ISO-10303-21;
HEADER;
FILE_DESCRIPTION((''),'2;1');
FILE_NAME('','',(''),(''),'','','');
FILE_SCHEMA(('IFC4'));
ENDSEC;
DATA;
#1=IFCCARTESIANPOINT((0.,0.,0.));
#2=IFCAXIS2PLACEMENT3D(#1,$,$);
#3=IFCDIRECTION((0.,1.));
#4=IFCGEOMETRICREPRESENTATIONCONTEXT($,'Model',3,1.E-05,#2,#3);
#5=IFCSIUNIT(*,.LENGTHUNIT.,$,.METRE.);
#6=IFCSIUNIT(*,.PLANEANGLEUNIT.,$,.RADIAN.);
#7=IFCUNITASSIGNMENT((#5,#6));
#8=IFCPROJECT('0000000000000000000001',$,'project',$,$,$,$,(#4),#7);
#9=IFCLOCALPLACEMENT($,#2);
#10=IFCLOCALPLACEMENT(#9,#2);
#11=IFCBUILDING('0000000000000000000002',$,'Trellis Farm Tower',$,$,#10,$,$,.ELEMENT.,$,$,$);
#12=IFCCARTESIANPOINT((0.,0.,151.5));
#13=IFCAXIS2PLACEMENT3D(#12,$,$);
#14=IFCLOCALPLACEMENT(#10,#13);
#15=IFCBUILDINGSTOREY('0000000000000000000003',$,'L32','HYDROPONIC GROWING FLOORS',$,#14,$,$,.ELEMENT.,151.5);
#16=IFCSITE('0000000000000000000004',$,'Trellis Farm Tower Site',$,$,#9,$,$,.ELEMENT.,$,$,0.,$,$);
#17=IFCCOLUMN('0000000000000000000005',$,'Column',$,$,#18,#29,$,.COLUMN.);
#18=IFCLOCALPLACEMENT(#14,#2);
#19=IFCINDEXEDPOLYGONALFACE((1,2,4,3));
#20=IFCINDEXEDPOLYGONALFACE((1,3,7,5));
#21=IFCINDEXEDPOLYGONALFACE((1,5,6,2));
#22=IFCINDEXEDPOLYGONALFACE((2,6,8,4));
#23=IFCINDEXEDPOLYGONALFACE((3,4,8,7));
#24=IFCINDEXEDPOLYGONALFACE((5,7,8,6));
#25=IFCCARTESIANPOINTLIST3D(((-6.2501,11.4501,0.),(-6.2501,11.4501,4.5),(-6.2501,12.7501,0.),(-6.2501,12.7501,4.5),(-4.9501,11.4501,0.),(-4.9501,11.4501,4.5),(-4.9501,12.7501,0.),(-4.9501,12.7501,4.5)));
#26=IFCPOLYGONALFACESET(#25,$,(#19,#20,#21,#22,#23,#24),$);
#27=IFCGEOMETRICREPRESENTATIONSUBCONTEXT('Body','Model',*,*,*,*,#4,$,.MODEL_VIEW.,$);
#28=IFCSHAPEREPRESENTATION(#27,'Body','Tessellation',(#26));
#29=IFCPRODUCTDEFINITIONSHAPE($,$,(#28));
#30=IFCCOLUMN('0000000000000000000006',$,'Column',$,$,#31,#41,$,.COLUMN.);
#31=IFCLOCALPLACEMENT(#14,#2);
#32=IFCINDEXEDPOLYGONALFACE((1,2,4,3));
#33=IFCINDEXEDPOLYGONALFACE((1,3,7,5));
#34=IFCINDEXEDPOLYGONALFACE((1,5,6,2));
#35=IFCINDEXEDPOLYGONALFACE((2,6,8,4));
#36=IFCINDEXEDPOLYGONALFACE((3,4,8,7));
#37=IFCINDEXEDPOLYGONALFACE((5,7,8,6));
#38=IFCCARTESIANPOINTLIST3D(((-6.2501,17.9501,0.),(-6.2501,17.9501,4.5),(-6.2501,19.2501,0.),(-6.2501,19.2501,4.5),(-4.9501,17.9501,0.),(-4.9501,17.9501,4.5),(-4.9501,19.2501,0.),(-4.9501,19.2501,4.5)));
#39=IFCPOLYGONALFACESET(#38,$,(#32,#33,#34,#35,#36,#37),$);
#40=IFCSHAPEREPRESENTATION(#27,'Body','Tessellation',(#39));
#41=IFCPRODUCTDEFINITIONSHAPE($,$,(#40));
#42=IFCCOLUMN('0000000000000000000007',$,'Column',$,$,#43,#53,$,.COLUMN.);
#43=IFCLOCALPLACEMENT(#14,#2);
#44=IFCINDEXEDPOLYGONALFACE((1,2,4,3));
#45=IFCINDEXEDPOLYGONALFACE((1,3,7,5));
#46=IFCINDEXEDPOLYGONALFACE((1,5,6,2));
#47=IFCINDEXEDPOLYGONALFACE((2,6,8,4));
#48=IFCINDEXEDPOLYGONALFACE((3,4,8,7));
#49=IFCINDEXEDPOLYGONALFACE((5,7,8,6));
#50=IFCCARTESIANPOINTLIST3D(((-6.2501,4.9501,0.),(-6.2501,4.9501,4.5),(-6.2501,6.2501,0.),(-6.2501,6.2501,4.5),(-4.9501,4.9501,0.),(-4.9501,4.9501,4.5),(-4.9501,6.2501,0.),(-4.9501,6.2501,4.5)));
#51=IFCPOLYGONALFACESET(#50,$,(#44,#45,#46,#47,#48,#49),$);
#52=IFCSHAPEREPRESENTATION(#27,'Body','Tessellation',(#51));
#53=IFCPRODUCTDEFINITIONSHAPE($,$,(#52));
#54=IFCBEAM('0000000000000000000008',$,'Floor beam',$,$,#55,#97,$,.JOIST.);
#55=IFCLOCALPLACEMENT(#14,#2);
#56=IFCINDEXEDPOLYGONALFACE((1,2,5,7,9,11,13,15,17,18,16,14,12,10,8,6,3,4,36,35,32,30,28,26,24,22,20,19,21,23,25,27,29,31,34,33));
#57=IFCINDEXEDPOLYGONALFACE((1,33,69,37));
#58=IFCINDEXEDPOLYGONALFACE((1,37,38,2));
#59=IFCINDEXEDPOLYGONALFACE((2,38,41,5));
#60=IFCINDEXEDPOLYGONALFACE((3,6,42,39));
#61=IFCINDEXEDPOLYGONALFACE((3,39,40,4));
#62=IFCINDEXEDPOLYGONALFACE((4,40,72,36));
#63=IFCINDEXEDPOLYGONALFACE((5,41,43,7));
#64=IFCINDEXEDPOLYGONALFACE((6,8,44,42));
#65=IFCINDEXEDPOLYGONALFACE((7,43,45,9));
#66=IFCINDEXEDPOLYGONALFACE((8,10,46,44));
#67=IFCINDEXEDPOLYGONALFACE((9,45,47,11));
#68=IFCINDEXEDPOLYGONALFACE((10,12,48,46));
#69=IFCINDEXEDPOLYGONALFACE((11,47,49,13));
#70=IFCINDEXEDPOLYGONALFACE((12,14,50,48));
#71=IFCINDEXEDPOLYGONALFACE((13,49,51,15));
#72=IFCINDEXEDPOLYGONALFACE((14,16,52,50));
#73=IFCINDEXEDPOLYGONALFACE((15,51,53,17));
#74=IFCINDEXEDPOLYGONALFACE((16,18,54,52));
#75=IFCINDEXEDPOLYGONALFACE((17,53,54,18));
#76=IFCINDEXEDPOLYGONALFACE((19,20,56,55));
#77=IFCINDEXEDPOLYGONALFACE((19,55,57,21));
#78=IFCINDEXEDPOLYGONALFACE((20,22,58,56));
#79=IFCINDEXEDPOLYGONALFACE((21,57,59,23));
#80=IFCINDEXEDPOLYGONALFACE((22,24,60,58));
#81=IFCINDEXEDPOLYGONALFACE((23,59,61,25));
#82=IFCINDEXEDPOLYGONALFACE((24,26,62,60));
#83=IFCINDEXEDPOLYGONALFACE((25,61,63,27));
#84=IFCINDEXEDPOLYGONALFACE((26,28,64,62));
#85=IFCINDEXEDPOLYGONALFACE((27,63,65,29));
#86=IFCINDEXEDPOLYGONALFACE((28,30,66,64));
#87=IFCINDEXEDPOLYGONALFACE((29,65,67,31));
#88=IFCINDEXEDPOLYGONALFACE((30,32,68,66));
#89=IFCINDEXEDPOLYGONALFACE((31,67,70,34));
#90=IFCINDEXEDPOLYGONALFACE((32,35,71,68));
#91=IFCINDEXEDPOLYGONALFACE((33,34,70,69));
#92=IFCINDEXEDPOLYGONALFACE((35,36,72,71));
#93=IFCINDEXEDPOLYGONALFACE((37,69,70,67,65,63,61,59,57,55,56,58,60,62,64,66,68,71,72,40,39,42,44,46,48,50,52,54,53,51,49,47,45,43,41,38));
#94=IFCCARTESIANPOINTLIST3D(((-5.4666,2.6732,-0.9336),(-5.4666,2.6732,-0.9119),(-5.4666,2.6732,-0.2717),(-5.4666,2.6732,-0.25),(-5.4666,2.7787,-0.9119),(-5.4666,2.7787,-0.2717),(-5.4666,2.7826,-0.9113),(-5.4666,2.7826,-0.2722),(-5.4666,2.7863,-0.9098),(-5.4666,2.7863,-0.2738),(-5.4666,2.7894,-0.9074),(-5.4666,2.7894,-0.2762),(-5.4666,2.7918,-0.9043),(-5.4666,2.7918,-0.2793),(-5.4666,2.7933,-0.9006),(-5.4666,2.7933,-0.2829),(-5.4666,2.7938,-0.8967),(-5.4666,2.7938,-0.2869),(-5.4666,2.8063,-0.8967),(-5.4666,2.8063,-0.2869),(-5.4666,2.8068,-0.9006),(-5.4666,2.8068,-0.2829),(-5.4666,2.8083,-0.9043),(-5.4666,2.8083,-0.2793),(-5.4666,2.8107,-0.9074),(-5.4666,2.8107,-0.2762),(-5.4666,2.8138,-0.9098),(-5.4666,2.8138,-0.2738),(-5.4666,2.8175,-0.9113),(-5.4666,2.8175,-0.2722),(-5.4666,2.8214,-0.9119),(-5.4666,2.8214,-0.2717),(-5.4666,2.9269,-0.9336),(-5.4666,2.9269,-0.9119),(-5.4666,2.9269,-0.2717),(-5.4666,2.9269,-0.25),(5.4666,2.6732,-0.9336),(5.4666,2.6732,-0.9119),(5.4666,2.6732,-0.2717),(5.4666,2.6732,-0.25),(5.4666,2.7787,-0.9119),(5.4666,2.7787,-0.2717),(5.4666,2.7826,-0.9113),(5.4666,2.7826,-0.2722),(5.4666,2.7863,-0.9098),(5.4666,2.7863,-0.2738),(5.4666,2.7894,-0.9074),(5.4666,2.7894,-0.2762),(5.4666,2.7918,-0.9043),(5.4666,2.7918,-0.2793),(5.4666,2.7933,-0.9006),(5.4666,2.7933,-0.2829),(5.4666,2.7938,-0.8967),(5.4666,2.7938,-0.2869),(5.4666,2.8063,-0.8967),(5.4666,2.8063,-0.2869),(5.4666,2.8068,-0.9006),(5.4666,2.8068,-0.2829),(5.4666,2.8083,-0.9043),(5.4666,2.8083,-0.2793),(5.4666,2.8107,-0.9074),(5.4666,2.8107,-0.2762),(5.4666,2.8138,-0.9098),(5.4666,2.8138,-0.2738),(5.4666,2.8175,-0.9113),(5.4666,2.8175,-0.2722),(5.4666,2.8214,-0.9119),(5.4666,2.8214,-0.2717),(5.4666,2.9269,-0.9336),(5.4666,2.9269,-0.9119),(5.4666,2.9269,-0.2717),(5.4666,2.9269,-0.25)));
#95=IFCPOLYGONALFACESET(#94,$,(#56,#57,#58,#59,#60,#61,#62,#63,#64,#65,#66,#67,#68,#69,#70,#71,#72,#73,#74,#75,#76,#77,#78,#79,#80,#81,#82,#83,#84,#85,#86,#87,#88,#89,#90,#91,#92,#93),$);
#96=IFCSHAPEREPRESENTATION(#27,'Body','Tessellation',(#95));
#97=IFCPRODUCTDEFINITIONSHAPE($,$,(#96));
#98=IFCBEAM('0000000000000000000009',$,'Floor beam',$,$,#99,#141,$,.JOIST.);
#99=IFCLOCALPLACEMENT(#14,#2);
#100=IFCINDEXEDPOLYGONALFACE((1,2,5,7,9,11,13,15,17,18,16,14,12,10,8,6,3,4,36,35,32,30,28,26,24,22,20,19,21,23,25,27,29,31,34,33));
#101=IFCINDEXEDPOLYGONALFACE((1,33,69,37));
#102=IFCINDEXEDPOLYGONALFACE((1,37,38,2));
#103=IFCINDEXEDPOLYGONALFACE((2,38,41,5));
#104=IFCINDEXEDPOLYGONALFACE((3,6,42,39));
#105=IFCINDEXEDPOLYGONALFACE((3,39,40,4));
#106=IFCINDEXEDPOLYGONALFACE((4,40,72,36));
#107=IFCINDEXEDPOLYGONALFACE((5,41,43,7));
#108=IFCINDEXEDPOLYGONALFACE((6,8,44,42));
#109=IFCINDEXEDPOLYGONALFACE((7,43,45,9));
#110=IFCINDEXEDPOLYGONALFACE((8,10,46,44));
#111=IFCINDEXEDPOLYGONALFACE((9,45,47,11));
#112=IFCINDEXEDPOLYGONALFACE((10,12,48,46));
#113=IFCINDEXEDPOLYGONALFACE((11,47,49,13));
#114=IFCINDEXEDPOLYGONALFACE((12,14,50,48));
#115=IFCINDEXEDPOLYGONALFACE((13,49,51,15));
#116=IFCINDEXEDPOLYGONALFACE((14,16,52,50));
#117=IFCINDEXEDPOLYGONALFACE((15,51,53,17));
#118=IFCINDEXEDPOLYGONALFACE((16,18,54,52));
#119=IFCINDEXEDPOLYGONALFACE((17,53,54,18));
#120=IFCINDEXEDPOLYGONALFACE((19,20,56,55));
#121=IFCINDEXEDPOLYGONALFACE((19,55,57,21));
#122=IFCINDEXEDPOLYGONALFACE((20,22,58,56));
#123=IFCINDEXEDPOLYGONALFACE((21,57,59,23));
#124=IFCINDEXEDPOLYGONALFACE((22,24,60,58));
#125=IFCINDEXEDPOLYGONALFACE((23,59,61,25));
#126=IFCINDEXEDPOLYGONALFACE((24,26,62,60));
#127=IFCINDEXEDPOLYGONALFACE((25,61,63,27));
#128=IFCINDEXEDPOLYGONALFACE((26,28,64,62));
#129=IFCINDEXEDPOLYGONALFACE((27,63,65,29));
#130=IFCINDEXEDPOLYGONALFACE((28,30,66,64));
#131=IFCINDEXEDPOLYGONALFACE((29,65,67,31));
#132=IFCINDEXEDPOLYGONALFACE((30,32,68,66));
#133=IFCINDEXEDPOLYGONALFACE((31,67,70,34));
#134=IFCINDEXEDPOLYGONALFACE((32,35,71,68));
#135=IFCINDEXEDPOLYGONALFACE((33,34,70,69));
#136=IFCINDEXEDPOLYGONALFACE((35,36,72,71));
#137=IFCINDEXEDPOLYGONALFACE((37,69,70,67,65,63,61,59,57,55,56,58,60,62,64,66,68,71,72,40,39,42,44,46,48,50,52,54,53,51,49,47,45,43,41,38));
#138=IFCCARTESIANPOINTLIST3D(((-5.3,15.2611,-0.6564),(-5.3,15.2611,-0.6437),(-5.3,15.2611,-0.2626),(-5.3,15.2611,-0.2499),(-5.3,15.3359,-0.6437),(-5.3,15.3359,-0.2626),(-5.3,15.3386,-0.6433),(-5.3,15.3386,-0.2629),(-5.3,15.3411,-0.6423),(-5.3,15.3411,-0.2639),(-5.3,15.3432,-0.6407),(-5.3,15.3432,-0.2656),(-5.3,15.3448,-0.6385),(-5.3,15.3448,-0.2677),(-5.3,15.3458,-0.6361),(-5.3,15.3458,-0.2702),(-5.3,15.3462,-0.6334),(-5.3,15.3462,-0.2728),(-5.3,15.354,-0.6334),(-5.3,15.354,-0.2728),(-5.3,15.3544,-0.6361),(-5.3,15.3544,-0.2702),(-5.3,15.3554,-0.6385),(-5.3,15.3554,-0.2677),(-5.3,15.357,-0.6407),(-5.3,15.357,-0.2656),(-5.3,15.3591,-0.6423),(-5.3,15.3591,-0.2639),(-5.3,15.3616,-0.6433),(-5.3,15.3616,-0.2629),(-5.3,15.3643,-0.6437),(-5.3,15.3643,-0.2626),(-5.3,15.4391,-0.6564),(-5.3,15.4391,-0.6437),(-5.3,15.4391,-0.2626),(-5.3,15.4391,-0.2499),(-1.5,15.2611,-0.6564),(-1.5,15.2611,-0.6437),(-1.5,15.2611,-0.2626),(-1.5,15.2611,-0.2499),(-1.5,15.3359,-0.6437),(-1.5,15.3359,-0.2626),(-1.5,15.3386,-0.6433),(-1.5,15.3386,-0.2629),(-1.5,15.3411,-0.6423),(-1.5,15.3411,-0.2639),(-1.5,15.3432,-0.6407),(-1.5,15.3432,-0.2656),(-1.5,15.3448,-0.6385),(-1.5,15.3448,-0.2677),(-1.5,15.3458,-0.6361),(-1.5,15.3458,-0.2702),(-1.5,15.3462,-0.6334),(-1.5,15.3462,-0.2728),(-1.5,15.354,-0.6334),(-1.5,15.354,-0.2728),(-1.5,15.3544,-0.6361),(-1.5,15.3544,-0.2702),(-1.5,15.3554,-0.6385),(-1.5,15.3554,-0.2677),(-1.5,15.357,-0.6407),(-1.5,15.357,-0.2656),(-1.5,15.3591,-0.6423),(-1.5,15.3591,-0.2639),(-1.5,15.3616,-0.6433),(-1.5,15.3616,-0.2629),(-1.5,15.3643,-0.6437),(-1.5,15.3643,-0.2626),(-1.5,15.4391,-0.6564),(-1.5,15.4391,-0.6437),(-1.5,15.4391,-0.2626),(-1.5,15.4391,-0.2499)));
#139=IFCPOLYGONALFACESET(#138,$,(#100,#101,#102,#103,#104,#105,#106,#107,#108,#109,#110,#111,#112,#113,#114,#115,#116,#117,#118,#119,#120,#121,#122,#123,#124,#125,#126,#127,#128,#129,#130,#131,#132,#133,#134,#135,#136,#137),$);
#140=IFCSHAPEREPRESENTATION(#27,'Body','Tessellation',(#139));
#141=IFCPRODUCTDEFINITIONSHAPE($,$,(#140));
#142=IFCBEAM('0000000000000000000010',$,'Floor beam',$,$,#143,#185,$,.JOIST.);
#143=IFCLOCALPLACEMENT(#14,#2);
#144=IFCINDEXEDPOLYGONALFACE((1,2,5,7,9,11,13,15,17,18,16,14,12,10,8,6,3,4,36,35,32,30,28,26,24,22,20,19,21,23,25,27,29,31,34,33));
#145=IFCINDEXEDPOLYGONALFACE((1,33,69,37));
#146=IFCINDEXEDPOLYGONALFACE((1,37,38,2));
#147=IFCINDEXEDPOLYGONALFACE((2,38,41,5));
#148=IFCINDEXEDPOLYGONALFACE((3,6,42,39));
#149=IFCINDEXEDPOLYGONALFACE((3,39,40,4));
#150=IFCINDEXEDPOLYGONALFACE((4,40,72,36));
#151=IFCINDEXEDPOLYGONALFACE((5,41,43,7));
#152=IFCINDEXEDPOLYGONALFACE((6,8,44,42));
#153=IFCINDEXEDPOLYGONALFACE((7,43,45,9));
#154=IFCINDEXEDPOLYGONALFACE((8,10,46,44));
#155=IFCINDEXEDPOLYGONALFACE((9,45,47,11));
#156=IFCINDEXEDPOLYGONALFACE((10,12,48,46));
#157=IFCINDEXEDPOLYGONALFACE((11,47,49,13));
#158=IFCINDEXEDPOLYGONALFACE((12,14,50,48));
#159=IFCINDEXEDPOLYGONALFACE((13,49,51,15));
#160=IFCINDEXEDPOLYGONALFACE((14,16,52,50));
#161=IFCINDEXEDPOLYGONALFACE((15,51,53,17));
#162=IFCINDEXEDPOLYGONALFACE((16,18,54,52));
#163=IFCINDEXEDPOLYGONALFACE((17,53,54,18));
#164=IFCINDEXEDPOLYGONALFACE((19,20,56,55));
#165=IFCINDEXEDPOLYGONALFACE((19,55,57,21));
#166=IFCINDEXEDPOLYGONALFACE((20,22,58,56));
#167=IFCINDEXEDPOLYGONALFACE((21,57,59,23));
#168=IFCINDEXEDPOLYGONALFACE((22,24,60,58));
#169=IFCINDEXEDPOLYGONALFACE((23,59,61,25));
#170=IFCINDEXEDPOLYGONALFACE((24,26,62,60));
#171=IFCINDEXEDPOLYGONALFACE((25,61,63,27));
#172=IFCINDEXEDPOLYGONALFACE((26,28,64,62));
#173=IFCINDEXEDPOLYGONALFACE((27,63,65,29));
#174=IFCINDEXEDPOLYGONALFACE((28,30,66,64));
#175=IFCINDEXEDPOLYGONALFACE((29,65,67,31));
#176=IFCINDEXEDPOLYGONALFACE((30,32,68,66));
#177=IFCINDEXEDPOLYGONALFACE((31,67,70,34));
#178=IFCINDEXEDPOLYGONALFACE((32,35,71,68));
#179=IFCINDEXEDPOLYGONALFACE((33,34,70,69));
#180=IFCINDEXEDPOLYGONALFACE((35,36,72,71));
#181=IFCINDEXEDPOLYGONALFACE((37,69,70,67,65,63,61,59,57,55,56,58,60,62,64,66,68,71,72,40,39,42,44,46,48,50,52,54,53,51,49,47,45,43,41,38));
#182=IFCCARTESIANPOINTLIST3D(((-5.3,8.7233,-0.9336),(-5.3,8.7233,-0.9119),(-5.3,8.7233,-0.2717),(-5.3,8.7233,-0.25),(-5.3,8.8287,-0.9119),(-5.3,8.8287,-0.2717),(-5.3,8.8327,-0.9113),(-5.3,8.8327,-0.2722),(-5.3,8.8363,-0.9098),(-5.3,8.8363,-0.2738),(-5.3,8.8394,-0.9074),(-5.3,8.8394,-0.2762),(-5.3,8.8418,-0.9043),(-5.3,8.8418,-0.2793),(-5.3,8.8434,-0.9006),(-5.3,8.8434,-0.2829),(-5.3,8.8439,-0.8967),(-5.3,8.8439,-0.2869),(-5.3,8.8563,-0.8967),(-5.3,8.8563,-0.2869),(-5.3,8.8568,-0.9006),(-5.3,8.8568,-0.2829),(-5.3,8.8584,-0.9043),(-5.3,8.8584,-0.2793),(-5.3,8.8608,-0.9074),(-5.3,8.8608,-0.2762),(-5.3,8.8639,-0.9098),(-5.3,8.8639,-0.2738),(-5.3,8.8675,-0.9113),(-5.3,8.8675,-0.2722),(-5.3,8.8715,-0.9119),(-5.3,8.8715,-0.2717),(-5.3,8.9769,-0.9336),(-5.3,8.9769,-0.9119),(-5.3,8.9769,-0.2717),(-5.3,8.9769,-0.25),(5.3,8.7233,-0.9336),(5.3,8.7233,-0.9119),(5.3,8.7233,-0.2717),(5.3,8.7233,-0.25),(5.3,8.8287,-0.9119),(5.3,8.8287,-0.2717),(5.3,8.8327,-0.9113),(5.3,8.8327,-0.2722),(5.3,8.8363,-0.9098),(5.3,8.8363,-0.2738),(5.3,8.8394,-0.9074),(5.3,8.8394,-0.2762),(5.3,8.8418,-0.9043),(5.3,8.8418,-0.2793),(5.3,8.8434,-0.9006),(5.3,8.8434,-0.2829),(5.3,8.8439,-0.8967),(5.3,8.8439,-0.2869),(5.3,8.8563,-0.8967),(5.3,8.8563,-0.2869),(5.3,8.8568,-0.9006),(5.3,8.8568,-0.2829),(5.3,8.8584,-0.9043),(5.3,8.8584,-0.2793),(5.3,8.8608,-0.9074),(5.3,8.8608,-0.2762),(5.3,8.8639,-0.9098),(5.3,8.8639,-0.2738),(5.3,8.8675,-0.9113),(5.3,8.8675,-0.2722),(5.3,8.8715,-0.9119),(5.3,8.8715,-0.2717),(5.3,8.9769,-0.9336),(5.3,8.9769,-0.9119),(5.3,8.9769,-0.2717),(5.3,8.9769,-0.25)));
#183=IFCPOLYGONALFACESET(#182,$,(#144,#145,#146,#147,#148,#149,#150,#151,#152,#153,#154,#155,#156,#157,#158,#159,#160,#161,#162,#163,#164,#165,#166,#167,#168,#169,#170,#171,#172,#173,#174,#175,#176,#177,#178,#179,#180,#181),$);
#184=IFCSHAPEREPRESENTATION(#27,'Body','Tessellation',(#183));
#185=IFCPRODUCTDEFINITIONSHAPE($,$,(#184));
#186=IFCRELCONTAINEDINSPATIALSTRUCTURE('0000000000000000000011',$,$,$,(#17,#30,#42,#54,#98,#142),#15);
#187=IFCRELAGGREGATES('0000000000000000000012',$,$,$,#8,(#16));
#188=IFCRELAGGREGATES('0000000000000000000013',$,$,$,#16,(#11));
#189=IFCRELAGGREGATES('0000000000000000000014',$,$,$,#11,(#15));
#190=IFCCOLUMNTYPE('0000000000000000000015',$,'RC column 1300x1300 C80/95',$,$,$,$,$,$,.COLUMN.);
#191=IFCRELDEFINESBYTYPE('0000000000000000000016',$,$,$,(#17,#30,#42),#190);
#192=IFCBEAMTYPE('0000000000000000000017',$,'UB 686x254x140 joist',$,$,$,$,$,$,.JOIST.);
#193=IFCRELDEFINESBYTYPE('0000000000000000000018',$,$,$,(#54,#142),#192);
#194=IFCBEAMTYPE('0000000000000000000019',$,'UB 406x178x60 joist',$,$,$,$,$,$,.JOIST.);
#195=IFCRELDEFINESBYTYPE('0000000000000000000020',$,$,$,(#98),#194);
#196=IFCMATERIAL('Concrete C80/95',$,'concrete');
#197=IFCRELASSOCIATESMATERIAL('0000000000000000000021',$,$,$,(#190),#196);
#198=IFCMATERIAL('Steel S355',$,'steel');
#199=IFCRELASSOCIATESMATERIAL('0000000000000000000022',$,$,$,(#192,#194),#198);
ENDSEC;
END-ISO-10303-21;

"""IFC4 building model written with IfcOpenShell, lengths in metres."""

from ifc_helpers import new_model, si_unit, direction, frame, origin, origin_2d, place, context, subcontext, project, spatial, rectangle, i_section, extrude, source, transform, mapped, material, material_profile, profile_set, type_object, element, save


model = new_model("IFC4")

# Units and contexts
model_context = context("Model", 3, precision=1e-05, world=origin(), true_north=direction((0.0, 1.0)))
body_context = subcontext(model_context, "Body", "Model", "MODEL_VIEW")
ifc_project = project(units=[si_unit("LENGTHUNIT", "METRE"), si_unit("PLANEANGLEUNIT", "RADIAN")], contexts=[model_context])

# Site, building, storey
site_placement = place(None, origin())
site = spatial("IfcSite", under=ifc_project, at=site_placement, Name="Trellis Farm Tower Site", CompositionType="ELEMENT", RefElevation=0.0)
building_placement = place(site_placement, origin())
building = spatial("IfcBuilding", under=site, at=building_placement, Name="Trellis Farm Tower", CompositionType="ELEMENT")
storey_placement = place(building_placement, frame((0.0, 0.0, 151.5)))
storey = spatial("IfcBuildingStorey", under=building, at=storey_placement, Name="L32", Description="HYDROPONIC GROWING FLOORS", CompositionType="ELEMENT", Elevation=151.5)

# Columns
ifc_material_1 = material(Name="Concrete C80/95", Category="concrete")
ifc_material_profile_1 = material_profile(ifc_material_1, rectangle(XDim=1.3, YDim=1.3, at=origin_2d()), Name="RC column 1300x1300 C80/95")
ifc_profile_set_1 = profile_set([ifc_material_profile_1], Name="Concrete C80/95")
column_type = type_object("IfcColumnType", Name="RC column 1300x1300 C80/95", PredefinedType="COLUMN", material=ifc_profile_set_1)
shared_shape_1 = source(origin(), body_context, "Body", "SweptSolid", [
    extrude(rectangle(XDim=1.3, YDim=1.3, at=origin_2d()), origin(), (0.0, 0.0, 1.0), 4.5),
])
for number, where, z_axis, x_axis, name in (
    (1, (-5.6001, 12.1001, 0.0), (0.0, 0.0, 1.0), (1.0, 0.0, 0.0), "Column"),
    (2, (-5.6001, 18.6001, 0.0), (0.0, 0.0, 1.0), (1.0, 0.0, 0.0), "Column"),
    (3, (-5.6001, 5.6001, 0.0), (0.0, 0.0, 1.0), (1.0, 0.0, 0.0), "Column"),
):
    element("IfcColumn", number, at=place(storey_placement, frame(where, z_axis=z_axis, x_axis=x_axis)), inside=storey, type_object=column_type, Name=name, PredefinedType="COLUMN", context=body_context, shape_type="MappedRepresentation", body=[
        mapped(shared_shape_1, transform((0.0, 0.0, 0.0))),
    ])

# Beams
ifc_material_2 = material(Name="Steel S355", Category="steel")
ifc_material_profile_2 = material_profile(ifc_material_2, i_section(OverallWidth=0.2537, OverallDepth=0.6836, WebThickness=0.0125, FlangeThickness=0.0217, FilletRadius=0.0151, at=origin_2d()), Name="UB 686x254x140")
ifc_profile_set_2 = profile_set([ifc_material_profile_2], Name="Steel S355")
beam_type_1 = type_object("IfcBeamType", Name="UB 686x254x140 joist", PredefinedType="JOIST", material=ifc_profile_set_2)
shared_shape_2 = source(origin(), body_context, "Body", "SweptSolid", [
    extrude(i_section(OverallWidth=0.2537, OverallDepth=0.6836, WebThickness=0.0125, FlangeThickness=0.0217, FilletRadius=0.0151, at=origin_2d()), origin(), (0.0, 0.0, 1.0), 10.9331),
])
beam_1_placement = place(storey_placement, frame((-5.4666, 2.8, -0.5918), z_axis=(1.0, 0.0, 0.0), x_axis=(0.0, 1.0, 0.0)))
element("IfcBeam", 4, at=beam_1_placement, inside=storey, type_object=beam_type_1, Name="Floor beam", PredefinedType="JOIST", context=body_context, shape_type="MappedRepresentation", body=[
    mapped(shared_shape_2, transform((0.0, 0.0, 0.0))),
])
ifc_material_profile_3 = material_profile(ifc_material_2, i_section(OverallWidth=0.178, OverallDepth=0.4065, WebThickness=0.0078, FlangeThickness=0.0127, FilletRadius=0.0103, at=origin_2d()), Name="UB 406x178x60")
ifc_profile_set_3 = profile_set([ifc_material_profile_3], Name="Steel S355")
beam_type_2 = type_object("IfcBeamType", Name="UB 406x178x60 joist", PredefinedType="JOIST", material=ifc_profile_set_3)
shared_shape_3 = source(origin(), body_context, "Body", "SweptSolid", [
    extrude(i_section(OverallWidth=0.178, OverallDepth=0.4065, WebThickness=0.0078, FlangeThickness=0.0127, FilletRadius=0.0103, at=origin_2d()), origin(), (0.0, 0.0, 1.0), 3.8),
])
beam_2_placement = place(storey_placement, frame((-5.3, 15.3501, -0.4531), z_axis=(1.0, 0.0, 0.0), x_axis=(0.0, 1.0, 0.0)))
element("IfcBeam", 5, at=beam_2_placement, inside=storey, type_object=beam_type_2, Name="Floor beam", PredefinedType="JOIST", context=body_context, shape_type="MappedRepresentation", body=[
    mapped(shared_shape_3, transform((0.0, 0.0, 0.0))),
])
shared_shape_4 = source(origin(), body_context, "Body", "SweptSolid", [
    extrude(i_section(OverallWidth=0.2537, OverallDepth=0.6836, WebThickness=0.0125, FlangeThickness=0.0217, FilletRadius=0.0151, at=origin_2d()), origin(), (0.0, 0.0, 1.0), 10.6001),
])
beam_3_placement = place(storey_placement, frame((-5.3, 8.8501, -0.5918), z_axis=(1.0, 0.0, 0.0), x_axis=(0.0, 1.0, 0.0)))
element("IfcBeam", 6, at=beam_3_placement, inside=storey, type_object=beam_type_1, Name="Floor beam", PredefinedType="JOIST", context=body_context, shape_type="MappedRepresentation", body=[
    mapped(shared_shape_4, transform((0.0, 0.0, 0.0))),
])

save(model, "model.ifc")
